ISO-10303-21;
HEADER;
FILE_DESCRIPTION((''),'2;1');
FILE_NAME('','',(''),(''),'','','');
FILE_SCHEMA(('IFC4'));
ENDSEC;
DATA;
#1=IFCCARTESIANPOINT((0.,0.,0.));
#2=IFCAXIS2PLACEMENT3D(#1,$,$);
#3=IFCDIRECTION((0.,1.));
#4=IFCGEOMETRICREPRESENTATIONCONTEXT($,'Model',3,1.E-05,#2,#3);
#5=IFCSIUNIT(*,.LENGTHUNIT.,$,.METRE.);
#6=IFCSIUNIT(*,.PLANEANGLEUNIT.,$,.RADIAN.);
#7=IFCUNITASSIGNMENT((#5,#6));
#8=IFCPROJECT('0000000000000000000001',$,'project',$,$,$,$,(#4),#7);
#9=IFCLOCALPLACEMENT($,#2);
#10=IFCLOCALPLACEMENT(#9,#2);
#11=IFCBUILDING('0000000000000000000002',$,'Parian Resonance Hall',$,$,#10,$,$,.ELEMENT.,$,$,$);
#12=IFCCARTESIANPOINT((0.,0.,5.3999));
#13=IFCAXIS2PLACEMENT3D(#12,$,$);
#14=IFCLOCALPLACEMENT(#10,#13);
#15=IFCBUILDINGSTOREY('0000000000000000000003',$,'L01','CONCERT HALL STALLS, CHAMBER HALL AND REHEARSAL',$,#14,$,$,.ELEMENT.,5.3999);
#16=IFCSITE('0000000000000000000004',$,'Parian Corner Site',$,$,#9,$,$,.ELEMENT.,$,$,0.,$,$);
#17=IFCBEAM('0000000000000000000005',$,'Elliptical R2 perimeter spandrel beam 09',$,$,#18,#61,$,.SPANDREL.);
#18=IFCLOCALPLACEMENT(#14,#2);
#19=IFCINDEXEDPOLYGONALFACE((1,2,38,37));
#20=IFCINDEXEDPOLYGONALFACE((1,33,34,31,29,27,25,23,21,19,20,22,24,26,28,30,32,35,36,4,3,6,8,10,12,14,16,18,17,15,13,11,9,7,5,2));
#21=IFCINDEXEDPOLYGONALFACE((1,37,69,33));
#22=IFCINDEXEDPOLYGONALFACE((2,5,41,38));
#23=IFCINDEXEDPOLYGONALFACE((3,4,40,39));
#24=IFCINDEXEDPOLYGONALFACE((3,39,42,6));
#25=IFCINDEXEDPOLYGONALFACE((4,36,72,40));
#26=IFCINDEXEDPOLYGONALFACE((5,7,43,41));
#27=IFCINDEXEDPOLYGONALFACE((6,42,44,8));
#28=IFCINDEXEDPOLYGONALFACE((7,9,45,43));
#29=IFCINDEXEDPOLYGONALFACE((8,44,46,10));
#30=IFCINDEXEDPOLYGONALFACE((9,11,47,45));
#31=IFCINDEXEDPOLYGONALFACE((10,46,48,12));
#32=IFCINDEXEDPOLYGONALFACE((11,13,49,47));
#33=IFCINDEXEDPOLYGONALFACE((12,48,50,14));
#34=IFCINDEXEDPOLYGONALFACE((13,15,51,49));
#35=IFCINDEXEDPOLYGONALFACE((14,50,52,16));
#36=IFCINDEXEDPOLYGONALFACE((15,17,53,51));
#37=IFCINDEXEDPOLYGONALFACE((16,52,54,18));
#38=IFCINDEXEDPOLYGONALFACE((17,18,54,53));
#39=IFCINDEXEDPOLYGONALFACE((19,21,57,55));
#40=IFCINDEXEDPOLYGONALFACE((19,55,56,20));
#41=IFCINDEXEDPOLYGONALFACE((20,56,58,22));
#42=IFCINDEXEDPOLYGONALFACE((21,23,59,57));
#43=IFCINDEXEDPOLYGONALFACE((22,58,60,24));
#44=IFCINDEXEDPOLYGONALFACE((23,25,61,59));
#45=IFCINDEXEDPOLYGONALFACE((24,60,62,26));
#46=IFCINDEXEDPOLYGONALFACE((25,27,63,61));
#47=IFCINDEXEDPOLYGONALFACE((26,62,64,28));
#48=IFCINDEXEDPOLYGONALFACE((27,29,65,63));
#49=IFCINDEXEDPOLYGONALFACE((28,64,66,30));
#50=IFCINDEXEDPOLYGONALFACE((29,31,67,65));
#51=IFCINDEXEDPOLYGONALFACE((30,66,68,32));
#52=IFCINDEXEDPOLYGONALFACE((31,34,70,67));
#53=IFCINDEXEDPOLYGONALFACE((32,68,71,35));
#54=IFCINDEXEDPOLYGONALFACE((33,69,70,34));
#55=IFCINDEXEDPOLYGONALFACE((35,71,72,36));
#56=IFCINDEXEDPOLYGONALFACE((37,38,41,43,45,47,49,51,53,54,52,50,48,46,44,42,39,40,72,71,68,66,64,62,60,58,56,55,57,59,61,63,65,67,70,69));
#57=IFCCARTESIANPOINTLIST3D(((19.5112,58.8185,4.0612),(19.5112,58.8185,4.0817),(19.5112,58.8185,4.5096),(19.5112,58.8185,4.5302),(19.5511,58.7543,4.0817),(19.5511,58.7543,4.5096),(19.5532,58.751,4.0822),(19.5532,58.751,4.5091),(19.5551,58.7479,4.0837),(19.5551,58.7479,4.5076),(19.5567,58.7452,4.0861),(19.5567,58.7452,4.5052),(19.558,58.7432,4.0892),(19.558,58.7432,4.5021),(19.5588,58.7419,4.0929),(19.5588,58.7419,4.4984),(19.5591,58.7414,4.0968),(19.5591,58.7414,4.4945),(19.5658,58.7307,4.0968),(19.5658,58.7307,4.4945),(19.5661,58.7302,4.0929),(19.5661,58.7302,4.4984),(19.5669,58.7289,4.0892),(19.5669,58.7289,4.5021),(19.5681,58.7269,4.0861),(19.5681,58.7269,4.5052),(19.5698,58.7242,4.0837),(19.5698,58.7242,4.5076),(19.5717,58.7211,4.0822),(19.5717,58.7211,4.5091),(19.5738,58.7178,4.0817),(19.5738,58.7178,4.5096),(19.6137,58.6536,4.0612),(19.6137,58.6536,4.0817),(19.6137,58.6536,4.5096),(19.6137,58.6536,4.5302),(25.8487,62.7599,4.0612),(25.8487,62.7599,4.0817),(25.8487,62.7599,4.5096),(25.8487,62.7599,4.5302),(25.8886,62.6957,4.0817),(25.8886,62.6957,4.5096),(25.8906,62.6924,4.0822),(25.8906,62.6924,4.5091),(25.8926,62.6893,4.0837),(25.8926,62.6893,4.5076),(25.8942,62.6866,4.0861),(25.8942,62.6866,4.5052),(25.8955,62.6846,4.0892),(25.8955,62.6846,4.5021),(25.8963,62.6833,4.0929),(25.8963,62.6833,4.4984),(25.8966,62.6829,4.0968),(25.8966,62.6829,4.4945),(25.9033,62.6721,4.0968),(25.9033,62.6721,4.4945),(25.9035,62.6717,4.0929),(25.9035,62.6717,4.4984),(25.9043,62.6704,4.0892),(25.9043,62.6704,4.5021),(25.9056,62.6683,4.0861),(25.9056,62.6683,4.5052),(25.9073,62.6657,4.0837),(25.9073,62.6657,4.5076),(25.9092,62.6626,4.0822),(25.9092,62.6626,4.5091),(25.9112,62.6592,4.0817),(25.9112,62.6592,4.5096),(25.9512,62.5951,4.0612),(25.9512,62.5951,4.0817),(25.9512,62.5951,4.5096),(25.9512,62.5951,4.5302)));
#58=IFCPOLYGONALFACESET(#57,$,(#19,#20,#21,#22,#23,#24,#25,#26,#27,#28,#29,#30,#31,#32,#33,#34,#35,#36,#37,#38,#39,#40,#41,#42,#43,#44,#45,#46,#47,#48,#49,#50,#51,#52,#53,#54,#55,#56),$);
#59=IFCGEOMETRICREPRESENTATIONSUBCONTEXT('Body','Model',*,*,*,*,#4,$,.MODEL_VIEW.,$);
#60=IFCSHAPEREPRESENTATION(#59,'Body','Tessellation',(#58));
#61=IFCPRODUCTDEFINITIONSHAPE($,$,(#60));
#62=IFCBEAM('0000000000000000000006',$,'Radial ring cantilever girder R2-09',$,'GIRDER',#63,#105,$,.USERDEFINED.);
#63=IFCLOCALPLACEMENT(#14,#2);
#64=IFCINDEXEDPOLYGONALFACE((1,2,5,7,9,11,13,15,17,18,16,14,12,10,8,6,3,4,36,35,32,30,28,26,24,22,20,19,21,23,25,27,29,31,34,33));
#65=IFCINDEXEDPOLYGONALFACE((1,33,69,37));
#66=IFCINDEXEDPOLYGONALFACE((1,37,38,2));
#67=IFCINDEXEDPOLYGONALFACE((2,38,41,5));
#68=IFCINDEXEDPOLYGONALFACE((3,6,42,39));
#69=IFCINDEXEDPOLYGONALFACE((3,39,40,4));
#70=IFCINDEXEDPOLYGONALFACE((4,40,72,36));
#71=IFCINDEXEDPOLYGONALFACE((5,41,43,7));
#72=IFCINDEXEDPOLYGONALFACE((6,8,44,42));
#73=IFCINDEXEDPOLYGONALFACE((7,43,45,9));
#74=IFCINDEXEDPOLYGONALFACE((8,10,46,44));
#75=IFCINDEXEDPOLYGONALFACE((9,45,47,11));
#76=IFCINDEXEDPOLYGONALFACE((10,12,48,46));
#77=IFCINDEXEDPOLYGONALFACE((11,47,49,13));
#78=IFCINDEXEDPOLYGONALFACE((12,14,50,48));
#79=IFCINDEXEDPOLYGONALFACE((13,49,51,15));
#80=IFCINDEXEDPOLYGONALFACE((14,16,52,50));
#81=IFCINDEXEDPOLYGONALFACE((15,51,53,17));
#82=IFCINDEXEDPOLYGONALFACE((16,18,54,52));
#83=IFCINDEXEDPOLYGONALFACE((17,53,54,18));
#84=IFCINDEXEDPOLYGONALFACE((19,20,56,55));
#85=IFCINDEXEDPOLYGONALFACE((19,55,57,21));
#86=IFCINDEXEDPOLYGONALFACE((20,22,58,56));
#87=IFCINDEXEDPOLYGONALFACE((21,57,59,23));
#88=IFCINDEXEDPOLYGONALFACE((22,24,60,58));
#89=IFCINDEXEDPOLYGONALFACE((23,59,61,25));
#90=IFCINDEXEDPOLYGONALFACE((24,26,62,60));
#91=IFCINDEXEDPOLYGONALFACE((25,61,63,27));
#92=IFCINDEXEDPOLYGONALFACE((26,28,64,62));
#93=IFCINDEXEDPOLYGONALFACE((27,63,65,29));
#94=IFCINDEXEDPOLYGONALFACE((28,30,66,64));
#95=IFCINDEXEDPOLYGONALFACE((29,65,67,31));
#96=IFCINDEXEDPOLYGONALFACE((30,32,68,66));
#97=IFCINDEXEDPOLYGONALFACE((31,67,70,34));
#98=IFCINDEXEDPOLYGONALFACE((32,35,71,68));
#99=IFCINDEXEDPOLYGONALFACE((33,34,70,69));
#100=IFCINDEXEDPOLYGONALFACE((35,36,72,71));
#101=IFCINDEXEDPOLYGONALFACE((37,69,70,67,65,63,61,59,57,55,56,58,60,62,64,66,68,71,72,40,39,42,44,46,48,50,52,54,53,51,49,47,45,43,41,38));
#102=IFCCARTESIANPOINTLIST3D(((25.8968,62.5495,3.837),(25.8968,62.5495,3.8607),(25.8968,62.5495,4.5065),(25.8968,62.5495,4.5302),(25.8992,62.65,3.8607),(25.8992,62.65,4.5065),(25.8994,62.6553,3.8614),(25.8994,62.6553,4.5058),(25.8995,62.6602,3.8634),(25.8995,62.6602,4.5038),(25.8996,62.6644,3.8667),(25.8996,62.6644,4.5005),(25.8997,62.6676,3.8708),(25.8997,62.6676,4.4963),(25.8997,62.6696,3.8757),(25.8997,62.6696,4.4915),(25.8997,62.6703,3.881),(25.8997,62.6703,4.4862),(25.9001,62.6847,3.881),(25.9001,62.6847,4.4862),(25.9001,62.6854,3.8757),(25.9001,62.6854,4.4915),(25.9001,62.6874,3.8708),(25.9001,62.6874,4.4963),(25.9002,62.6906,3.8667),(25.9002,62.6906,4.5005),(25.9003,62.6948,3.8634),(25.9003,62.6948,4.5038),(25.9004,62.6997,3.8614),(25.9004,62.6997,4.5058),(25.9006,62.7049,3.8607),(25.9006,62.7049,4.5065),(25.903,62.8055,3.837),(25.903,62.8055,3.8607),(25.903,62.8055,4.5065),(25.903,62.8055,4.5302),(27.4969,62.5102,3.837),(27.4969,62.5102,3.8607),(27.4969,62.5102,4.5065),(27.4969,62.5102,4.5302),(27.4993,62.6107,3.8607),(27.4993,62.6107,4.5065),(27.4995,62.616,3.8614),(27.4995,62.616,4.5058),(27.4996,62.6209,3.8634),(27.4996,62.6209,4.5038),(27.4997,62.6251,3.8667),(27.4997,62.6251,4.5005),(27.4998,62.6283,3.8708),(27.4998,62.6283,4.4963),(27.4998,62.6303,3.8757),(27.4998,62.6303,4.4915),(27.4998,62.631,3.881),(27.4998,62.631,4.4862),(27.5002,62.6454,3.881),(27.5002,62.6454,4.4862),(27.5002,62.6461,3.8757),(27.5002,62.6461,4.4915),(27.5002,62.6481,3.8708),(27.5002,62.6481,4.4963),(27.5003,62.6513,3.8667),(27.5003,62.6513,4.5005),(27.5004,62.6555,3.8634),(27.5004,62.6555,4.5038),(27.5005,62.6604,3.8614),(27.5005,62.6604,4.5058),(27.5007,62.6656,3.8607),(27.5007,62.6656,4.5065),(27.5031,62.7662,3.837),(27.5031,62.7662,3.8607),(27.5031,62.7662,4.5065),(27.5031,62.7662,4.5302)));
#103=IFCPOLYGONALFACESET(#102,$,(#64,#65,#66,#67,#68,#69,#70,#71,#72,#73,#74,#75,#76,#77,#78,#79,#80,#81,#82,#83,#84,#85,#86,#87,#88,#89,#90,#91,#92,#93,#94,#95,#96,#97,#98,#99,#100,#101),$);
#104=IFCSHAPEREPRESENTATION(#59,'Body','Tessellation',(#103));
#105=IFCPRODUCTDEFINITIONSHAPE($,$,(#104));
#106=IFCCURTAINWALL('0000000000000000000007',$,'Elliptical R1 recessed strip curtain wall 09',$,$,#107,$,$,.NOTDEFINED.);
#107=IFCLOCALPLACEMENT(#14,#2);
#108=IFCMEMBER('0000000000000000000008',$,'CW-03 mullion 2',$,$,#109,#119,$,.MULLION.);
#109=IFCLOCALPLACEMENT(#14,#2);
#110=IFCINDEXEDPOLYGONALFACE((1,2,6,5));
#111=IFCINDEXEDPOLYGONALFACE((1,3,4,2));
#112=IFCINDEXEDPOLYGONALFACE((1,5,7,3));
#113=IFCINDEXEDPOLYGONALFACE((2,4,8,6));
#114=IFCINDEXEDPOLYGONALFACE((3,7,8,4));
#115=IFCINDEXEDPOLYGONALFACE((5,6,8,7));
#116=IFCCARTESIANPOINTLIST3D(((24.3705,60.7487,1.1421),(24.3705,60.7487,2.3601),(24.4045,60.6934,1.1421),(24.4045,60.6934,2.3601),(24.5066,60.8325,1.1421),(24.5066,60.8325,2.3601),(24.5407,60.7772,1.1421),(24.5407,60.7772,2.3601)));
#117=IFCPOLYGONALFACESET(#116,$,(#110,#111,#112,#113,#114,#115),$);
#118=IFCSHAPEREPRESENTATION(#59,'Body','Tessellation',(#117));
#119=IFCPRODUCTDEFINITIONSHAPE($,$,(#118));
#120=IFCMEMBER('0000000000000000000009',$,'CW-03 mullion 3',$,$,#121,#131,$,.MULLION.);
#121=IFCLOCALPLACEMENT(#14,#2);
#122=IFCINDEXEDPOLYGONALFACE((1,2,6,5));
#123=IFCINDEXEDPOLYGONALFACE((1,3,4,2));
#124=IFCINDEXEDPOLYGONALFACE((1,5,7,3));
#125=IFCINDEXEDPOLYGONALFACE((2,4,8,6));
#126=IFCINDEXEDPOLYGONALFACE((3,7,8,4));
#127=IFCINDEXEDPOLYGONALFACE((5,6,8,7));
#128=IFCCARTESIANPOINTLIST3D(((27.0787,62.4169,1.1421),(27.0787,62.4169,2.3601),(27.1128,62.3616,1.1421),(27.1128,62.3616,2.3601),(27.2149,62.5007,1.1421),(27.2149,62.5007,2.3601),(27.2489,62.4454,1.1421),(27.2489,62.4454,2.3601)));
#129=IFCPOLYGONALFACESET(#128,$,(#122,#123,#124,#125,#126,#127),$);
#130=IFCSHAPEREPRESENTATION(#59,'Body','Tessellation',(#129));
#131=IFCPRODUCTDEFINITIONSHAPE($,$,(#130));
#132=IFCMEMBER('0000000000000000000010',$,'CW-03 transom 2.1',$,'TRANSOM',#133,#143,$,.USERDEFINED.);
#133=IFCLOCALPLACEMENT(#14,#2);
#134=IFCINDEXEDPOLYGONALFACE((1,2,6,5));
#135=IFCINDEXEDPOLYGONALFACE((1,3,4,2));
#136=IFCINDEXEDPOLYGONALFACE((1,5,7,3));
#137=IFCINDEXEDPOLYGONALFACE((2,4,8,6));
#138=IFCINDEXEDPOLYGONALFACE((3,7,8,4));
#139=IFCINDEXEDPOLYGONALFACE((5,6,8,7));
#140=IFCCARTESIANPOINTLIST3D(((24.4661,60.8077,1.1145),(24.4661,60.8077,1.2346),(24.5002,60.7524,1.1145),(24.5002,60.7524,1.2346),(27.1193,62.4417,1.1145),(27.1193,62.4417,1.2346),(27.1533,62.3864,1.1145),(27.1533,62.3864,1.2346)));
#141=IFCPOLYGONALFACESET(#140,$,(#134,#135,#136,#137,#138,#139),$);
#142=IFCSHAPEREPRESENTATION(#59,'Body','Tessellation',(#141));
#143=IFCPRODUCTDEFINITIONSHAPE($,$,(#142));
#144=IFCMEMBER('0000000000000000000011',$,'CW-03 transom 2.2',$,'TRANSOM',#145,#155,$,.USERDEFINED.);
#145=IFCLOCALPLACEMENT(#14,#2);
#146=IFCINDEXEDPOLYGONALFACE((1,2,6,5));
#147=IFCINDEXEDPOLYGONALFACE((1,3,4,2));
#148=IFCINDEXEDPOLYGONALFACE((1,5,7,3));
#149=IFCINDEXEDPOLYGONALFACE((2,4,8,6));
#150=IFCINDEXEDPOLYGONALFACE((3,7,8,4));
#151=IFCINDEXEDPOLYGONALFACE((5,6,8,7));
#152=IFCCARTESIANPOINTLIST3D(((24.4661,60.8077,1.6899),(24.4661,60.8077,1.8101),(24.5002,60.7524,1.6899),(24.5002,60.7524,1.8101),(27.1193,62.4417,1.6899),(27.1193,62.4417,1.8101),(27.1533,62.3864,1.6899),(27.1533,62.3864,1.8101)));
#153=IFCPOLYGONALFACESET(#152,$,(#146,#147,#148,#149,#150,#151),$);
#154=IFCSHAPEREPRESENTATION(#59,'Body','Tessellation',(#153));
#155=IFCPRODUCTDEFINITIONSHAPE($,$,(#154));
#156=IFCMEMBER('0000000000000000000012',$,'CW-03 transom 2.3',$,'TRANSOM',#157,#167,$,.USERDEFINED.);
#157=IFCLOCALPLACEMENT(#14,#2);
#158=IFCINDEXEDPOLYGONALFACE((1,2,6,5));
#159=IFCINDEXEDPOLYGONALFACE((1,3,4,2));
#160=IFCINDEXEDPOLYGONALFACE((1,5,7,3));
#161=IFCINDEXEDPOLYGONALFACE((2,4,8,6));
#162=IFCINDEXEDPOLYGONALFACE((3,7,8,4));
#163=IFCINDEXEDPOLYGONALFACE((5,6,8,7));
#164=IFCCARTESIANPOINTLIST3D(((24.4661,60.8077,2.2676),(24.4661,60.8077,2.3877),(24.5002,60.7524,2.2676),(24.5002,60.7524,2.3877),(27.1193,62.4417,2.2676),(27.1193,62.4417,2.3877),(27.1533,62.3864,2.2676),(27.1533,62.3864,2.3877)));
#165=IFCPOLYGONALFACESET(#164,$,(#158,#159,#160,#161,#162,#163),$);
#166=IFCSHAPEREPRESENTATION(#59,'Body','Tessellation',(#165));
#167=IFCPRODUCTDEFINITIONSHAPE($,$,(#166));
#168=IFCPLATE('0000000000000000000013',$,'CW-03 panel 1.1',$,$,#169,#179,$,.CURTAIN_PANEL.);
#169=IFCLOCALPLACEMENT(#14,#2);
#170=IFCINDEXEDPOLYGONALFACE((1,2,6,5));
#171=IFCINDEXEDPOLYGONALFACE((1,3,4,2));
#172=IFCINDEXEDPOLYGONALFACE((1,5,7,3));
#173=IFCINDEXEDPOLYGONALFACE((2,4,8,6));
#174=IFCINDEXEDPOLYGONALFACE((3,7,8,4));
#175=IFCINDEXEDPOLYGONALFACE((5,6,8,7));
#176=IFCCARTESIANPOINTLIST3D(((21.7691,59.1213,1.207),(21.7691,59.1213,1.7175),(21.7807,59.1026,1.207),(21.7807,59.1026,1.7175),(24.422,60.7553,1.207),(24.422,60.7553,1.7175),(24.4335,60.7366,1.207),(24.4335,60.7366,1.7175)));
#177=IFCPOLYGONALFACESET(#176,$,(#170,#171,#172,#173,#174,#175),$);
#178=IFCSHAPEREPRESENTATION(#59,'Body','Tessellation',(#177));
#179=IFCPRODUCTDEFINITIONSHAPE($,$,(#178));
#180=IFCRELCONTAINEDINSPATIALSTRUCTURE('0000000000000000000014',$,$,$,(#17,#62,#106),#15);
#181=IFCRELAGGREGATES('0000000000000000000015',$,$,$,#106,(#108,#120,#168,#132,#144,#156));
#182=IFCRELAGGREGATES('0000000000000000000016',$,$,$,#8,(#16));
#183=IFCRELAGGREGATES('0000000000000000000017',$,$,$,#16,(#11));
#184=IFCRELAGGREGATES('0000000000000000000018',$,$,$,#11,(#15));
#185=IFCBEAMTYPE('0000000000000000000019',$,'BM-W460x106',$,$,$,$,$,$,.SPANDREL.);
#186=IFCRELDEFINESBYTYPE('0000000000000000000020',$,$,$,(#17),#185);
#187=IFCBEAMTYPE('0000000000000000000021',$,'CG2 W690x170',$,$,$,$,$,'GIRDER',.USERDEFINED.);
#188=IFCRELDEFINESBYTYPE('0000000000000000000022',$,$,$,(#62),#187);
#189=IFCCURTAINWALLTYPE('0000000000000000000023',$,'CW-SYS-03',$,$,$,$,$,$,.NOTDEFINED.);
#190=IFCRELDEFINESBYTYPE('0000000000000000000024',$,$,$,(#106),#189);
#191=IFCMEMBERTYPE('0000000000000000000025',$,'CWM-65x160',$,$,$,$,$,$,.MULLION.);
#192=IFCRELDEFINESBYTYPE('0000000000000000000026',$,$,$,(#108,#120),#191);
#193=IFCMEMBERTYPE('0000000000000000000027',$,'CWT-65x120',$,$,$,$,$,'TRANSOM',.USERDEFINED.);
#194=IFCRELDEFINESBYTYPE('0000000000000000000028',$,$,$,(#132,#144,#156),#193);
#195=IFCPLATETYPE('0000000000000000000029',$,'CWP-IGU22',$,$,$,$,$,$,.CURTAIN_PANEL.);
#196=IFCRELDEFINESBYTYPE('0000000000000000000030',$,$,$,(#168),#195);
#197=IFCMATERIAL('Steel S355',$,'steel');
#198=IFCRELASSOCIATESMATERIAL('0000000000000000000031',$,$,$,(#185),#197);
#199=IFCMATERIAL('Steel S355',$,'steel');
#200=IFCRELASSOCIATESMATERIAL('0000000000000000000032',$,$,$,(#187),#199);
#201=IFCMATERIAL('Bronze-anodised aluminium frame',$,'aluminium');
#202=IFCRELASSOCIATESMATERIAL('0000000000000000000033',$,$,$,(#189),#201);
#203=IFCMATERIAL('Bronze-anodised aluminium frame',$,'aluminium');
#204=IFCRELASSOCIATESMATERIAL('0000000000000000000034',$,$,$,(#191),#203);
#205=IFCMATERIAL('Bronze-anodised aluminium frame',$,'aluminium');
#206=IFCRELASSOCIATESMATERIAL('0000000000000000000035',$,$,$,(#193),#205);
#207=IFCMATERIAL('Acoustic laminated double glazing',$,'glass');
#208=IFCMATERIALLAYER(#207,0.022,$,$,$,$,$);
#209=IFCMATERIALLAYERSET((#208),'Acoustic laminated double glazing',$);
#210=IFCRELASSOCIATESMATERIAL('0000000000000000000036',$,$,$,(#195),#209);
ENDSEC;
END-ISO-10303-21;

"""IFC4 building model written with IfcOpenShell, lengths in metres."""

from ifc_helpers import new_model, si_unit, direction, frame, origin, origin_2d, place, context, subcontext, project, spatial, rectangle, i_section, extrude, material, layer, layer_set, material_profile, profile_set, type_object, element, aggregate, save


model = new_model("IFC4")

# Units and contexts
model_context = context("Model", 3, precision=1e-05, world=origin(), true_north=direction((0.0, 1.0)))
body_context = subcontext(model_context, "Body", "Model", "MODEL_VIEW")
ifc_project = project(units=[si_unit("LENGTHUNIT", "METRE"), si_unit("PLANEANGLEUNIT", "RADIAN")], contexts=[model_context])

# Site, building, storey
site_placement = place(None, origin())
site = spatial("IfcSite", under=ifc_project, at=site_placement, Name="Parian Corner Site", CompositionType="ELEMENT", RefElevation=0.0)
building_placement = place(site_placement, origin())
building = spatial("IfcBuilding", under=site, at=building_placement, Name="Parian Resonance Hall", CompositionType="ELEMENT")
storey_placement = place(building_placement, frame((0.0, 0.0, 5.3999)))
storey = spatial("IfcBuildingStorey", under=building, at=storey_placement, Name="L01", Description="CONCERT HALL STALLS, CHAMBER HALL AND REHEARSAL", CompositionType="ELEMENT", Elevation=5.3999)

# Beams
ifc_material_1 = material(Name="Steel S355", Category="steel")
ifc_material_profile_1 = material_profile(ifc_material_1, i_section(OverallWidth=0.1941, OverallDepth=0.469, WebThickness=0.0127, FlangeThickness=0.0205, FilletRadius=0.0151, at=origin_2d()), Name="W460x106")
ifc_profile_set_1 = profile_set([ifc_material_profile_1], Name="Steel S355")
beam_type_1 = type_object("IfcBeamType", Name="BM-W460x106", PredefinedType="SPANDREL", material=ifc_profile_set_1)
beam_1_placement = place(storey_placement, frame((25.8999, 62.6775, 4.2957), z_axis=(-0.849169, -0.528122, 0.0), x_axis=(0.528122, -0.849169, 0.0)))
element("IfcBeam", 1, at=beam_1_placement, inside=storey, type_object=beam_type_1, Name="Elliptical R2 perimeter spandrel beam 09", PredefinedType="SPANDREL", context=body_context, shape_type="SweptSolid", body=[
    extrude(i_section(OverallWidth=0.1941, OverallDepth=0.469, WebThickness=0.0127, FlangeThickness=0.0205, FilletRadius=0.0151, at=origin_2d()), origin(), (0.0, 0.0, 1.0), 7.4631),
])
ifc_material_2 = material(Name="Steel S355", Category="steel")
ifc_material_profile_2 = material_profile(ifc_material_2, i_section(OverallWidth=0.2561, OverallDepth=0.6931, WebThickness=0.0144, FlangeThickness=0.0237, FilletRadius=0.0203, at=origin_2d()), Name="W690x170")
ifc_profile_set_2 = profile_set([ifc_material_profile_2], Name="Steel S355")
beam_type_2 = type_object("IfcBeamType", Name="CG2 W690x170", ElementType="GIRDER", PredefinedType="USERDEFINED", material=ifc_profile_set_2)
beam_2_placement = place(storey_placement, frame((27.5, 62.6382, 4.1836), z_axis=(-0.999698, 0.024558, 0.0), x_axis=(-0.024558, -0.999698, 0.0)))
element("IfcBeam", 2, at=beam_2_placement, inside=storey, type_object=beam_type_2, Name="Radial ring cantilever girder R2-09", ObjectType="GIRDER", PredefinedType="USERDEFINED", context=body_context, shape_type="SweptSolid", body=[
    extrude(i_section(OverallWidth=0.2561, OverallDepth=0.6931, WebThickness=0.0144, FlangeThickness=0.0237, FilletRadius=0.0203, at=origin_2d()), origin(), (0.0, 0.0, 1.0), 1.6006),
])

# Curtain wall, members, plate
ifc_material_3 = material(Name="Bronze-anodised aluminium frame", Category="aluminium")
curtain_wall_type = type_object("IfcCurtainWallType", Name="CW-SYS-03", PredefinedType="NOTDEFINED", material=ifc_material_3)
curtain_wall_placement = place(storey_placement, origin())
curtain_wall = element("IfcCurtainWall", 3, at=curtain_wall_placement, inside=storey, type_object=curtain_wall_type, Name="Elliptical R1 recessed strip curtain wall 09", PredefinedType="NOTDEFINED")
ifc_material_4 = material(Name="Bronze-anodised aluminium frame", Category="aluminium")
ifc_material_profile_3 = material_profile(ifc_material_4, rectangle(XDim=0.0649, YDim=0.1599, at=origin_2d()), Name="CWM-65x160")
ifc_profile_set_3 = profile_set([ifc_material_profile_3], Name="Bronze-anodised aluminium frame")
member_type_1 = type_object("IfcMemberType", Name="CWM-65x160", PredefinedType="MULLION", material=ifc_profile_set_3)
member_1_placement = place(storey_placement, frame((24.4556, 60.7629, 1.1421), z_axis=(0.0, 0.0, 1.0), x_axis=(-0.524456, 0.851438, 0.0)))
member_1 = element("IfcMember", 4, at=member_1_placement, type_object=member_type_1, Name="CW-03 mullion 2", PredefinedType="MULLION", context=body_context, shape_type="SweptSolid", body=[
    extrude(rectangle(XDim=0.0649, YDim=0.1599, at=origin_2d()), origin(), (0.0, 0.0, 1.0), 1.218),
])
member_2_placement = place(storey_placement, frame((27.1638, 62.4312, 1.1421), z_axis=(0.0, 0.0, 1.0), x_axis=(-0.524456, 0.851438, 0.0)))
member_2 = element("IfcMember", 5, at=member_2_placement, type_object=member_type_1, Name="CW-03 mullion 3", PredefinedType="MULLION", context=body_context, shape_type="SweptSolid", body=[
    extrude(rectangle(XDim=0.0649, YDim=0.1599, at=origin_2d()), origin(), (0.0, 0.0, 1.0), 1.218),
])
ifc_material_5 = material(Name="Bronze-anodised aluminium frame", Category="aluminium")
ifc_material_profile_4 = material_profile(ifc_material_5, rectangle(XDim=0.0649, YDim=0.1201, at=origin_2d()), Name="CWT-65x120")
ifc_profile_set_4 = profile_set([ifc_material_profile_4], Name="Bronze-anodised aluminium frame")
member_type_2 = type_object("IfcMemberType", Name="CWT-65x120", ElementType="TRANSOM", PredefinedType="USERDEFINED", material=ifc_profile_set_4)
member_3_placement = place(storey_placement, frame((24.4832, 60.78, 1.1746), z_axis=(0.851462, 0.524417, 0.0), x_axis=(-0.524417, 0.851462, 0.0)))
member_3 = element("IfcMember", 6, at=member_3_placement, type_object=member_type_2, Name="CW-03 transom 2.1", ObjectType="TRANSOM", PredefinedType="USERDEFINED", context=body_context, shape_type="SweptSolid", body=[
    extrude(rectangle(XDim=0.0649, YDim=0.1201, at=origin_2d()), origin(), (0.0, 0.0, 1.0), 3.116),
])
member_4_placement = place(storey_placement, frame((24.4832, 60.78, 1.75), z_axis=(0.851462, 0.524417, 0.0), x_axis=(-0.524417, 0.851462, 0.0)))
member_4 = element("IfcMember", 7, at=member_4_placement, type_object=member_type_2, Name="CW-03 transom 2.2", ObjectType="TRANSOM", PredefinedType="USERDEFINED", context=body_context, shape_type="SweptSolid", body=[
    extrude(rectangle(XDim=0.0649, YDim=0.1201, at=origin_2d()), origin(), (0.0, 0.0, 1.0), 3.116),
])
member_5_placement = place(storey_placement, frame((24.4832, 60.78, 2.3276), z_axis=(0.851462, 0.524417, 0.0), x_axis=(-0.524417, 0.851462, 0.0)))
member_5 = element("IfcMember", 8, at=member_5_placement, type_object=member_type_2, Name="CW-03 transom 2.3", ObjectType="TRANSOM", PredefinedType="USERDEFINED", context=body_context, shape_type="SweptSolid", body=[
    extrude(rectangle(XDim=0.0649, YDim=0.1201, at=origin_2d()), origin(), (0.0, 0.0, 1.0), 3.116),
])
ifc_material_6 = material(Name="Acoustic laminated double glazing", Category="glass")
ifc_layer_1 = layer(ifc_material_6, 0.022)
ifc_layer_set_1 = layer_set([ifc_layer_1], Name="Acoustic laminated double glazing")
plate_type_1 = type_object("IfcPlateType", Name="CWP-IGU22", PredefinedType="CURTAIN_PANEL", material=ifc_layer_set_1)
plate_1_placement = place(storey_placement, frame((23.1013, 59.929, 1.207), z_axis=(0.0, 0.0, 1.0), x_axis=(0.851438, 0.524456, 0.0)))
plate_1 = element("IfcPlate", 9, at=plate_1_placement, type_object=plate_type_1, Name="CW-03 panel 1.1", PredefinedType="CURTAIN_PANEL", context=body_context, shape_type="SweptSolid", body=[
    extrude(rectangle(XDim=3.1157, YDim=0.022, at=origin_2d()), origin(), (0.0, 0.0, 1.0), 0.5105),
])
aggregate(curtain_wall, [member_1, member_2, plate_1, member_3, member_4, member_5])

save(model, "model.ifc")
